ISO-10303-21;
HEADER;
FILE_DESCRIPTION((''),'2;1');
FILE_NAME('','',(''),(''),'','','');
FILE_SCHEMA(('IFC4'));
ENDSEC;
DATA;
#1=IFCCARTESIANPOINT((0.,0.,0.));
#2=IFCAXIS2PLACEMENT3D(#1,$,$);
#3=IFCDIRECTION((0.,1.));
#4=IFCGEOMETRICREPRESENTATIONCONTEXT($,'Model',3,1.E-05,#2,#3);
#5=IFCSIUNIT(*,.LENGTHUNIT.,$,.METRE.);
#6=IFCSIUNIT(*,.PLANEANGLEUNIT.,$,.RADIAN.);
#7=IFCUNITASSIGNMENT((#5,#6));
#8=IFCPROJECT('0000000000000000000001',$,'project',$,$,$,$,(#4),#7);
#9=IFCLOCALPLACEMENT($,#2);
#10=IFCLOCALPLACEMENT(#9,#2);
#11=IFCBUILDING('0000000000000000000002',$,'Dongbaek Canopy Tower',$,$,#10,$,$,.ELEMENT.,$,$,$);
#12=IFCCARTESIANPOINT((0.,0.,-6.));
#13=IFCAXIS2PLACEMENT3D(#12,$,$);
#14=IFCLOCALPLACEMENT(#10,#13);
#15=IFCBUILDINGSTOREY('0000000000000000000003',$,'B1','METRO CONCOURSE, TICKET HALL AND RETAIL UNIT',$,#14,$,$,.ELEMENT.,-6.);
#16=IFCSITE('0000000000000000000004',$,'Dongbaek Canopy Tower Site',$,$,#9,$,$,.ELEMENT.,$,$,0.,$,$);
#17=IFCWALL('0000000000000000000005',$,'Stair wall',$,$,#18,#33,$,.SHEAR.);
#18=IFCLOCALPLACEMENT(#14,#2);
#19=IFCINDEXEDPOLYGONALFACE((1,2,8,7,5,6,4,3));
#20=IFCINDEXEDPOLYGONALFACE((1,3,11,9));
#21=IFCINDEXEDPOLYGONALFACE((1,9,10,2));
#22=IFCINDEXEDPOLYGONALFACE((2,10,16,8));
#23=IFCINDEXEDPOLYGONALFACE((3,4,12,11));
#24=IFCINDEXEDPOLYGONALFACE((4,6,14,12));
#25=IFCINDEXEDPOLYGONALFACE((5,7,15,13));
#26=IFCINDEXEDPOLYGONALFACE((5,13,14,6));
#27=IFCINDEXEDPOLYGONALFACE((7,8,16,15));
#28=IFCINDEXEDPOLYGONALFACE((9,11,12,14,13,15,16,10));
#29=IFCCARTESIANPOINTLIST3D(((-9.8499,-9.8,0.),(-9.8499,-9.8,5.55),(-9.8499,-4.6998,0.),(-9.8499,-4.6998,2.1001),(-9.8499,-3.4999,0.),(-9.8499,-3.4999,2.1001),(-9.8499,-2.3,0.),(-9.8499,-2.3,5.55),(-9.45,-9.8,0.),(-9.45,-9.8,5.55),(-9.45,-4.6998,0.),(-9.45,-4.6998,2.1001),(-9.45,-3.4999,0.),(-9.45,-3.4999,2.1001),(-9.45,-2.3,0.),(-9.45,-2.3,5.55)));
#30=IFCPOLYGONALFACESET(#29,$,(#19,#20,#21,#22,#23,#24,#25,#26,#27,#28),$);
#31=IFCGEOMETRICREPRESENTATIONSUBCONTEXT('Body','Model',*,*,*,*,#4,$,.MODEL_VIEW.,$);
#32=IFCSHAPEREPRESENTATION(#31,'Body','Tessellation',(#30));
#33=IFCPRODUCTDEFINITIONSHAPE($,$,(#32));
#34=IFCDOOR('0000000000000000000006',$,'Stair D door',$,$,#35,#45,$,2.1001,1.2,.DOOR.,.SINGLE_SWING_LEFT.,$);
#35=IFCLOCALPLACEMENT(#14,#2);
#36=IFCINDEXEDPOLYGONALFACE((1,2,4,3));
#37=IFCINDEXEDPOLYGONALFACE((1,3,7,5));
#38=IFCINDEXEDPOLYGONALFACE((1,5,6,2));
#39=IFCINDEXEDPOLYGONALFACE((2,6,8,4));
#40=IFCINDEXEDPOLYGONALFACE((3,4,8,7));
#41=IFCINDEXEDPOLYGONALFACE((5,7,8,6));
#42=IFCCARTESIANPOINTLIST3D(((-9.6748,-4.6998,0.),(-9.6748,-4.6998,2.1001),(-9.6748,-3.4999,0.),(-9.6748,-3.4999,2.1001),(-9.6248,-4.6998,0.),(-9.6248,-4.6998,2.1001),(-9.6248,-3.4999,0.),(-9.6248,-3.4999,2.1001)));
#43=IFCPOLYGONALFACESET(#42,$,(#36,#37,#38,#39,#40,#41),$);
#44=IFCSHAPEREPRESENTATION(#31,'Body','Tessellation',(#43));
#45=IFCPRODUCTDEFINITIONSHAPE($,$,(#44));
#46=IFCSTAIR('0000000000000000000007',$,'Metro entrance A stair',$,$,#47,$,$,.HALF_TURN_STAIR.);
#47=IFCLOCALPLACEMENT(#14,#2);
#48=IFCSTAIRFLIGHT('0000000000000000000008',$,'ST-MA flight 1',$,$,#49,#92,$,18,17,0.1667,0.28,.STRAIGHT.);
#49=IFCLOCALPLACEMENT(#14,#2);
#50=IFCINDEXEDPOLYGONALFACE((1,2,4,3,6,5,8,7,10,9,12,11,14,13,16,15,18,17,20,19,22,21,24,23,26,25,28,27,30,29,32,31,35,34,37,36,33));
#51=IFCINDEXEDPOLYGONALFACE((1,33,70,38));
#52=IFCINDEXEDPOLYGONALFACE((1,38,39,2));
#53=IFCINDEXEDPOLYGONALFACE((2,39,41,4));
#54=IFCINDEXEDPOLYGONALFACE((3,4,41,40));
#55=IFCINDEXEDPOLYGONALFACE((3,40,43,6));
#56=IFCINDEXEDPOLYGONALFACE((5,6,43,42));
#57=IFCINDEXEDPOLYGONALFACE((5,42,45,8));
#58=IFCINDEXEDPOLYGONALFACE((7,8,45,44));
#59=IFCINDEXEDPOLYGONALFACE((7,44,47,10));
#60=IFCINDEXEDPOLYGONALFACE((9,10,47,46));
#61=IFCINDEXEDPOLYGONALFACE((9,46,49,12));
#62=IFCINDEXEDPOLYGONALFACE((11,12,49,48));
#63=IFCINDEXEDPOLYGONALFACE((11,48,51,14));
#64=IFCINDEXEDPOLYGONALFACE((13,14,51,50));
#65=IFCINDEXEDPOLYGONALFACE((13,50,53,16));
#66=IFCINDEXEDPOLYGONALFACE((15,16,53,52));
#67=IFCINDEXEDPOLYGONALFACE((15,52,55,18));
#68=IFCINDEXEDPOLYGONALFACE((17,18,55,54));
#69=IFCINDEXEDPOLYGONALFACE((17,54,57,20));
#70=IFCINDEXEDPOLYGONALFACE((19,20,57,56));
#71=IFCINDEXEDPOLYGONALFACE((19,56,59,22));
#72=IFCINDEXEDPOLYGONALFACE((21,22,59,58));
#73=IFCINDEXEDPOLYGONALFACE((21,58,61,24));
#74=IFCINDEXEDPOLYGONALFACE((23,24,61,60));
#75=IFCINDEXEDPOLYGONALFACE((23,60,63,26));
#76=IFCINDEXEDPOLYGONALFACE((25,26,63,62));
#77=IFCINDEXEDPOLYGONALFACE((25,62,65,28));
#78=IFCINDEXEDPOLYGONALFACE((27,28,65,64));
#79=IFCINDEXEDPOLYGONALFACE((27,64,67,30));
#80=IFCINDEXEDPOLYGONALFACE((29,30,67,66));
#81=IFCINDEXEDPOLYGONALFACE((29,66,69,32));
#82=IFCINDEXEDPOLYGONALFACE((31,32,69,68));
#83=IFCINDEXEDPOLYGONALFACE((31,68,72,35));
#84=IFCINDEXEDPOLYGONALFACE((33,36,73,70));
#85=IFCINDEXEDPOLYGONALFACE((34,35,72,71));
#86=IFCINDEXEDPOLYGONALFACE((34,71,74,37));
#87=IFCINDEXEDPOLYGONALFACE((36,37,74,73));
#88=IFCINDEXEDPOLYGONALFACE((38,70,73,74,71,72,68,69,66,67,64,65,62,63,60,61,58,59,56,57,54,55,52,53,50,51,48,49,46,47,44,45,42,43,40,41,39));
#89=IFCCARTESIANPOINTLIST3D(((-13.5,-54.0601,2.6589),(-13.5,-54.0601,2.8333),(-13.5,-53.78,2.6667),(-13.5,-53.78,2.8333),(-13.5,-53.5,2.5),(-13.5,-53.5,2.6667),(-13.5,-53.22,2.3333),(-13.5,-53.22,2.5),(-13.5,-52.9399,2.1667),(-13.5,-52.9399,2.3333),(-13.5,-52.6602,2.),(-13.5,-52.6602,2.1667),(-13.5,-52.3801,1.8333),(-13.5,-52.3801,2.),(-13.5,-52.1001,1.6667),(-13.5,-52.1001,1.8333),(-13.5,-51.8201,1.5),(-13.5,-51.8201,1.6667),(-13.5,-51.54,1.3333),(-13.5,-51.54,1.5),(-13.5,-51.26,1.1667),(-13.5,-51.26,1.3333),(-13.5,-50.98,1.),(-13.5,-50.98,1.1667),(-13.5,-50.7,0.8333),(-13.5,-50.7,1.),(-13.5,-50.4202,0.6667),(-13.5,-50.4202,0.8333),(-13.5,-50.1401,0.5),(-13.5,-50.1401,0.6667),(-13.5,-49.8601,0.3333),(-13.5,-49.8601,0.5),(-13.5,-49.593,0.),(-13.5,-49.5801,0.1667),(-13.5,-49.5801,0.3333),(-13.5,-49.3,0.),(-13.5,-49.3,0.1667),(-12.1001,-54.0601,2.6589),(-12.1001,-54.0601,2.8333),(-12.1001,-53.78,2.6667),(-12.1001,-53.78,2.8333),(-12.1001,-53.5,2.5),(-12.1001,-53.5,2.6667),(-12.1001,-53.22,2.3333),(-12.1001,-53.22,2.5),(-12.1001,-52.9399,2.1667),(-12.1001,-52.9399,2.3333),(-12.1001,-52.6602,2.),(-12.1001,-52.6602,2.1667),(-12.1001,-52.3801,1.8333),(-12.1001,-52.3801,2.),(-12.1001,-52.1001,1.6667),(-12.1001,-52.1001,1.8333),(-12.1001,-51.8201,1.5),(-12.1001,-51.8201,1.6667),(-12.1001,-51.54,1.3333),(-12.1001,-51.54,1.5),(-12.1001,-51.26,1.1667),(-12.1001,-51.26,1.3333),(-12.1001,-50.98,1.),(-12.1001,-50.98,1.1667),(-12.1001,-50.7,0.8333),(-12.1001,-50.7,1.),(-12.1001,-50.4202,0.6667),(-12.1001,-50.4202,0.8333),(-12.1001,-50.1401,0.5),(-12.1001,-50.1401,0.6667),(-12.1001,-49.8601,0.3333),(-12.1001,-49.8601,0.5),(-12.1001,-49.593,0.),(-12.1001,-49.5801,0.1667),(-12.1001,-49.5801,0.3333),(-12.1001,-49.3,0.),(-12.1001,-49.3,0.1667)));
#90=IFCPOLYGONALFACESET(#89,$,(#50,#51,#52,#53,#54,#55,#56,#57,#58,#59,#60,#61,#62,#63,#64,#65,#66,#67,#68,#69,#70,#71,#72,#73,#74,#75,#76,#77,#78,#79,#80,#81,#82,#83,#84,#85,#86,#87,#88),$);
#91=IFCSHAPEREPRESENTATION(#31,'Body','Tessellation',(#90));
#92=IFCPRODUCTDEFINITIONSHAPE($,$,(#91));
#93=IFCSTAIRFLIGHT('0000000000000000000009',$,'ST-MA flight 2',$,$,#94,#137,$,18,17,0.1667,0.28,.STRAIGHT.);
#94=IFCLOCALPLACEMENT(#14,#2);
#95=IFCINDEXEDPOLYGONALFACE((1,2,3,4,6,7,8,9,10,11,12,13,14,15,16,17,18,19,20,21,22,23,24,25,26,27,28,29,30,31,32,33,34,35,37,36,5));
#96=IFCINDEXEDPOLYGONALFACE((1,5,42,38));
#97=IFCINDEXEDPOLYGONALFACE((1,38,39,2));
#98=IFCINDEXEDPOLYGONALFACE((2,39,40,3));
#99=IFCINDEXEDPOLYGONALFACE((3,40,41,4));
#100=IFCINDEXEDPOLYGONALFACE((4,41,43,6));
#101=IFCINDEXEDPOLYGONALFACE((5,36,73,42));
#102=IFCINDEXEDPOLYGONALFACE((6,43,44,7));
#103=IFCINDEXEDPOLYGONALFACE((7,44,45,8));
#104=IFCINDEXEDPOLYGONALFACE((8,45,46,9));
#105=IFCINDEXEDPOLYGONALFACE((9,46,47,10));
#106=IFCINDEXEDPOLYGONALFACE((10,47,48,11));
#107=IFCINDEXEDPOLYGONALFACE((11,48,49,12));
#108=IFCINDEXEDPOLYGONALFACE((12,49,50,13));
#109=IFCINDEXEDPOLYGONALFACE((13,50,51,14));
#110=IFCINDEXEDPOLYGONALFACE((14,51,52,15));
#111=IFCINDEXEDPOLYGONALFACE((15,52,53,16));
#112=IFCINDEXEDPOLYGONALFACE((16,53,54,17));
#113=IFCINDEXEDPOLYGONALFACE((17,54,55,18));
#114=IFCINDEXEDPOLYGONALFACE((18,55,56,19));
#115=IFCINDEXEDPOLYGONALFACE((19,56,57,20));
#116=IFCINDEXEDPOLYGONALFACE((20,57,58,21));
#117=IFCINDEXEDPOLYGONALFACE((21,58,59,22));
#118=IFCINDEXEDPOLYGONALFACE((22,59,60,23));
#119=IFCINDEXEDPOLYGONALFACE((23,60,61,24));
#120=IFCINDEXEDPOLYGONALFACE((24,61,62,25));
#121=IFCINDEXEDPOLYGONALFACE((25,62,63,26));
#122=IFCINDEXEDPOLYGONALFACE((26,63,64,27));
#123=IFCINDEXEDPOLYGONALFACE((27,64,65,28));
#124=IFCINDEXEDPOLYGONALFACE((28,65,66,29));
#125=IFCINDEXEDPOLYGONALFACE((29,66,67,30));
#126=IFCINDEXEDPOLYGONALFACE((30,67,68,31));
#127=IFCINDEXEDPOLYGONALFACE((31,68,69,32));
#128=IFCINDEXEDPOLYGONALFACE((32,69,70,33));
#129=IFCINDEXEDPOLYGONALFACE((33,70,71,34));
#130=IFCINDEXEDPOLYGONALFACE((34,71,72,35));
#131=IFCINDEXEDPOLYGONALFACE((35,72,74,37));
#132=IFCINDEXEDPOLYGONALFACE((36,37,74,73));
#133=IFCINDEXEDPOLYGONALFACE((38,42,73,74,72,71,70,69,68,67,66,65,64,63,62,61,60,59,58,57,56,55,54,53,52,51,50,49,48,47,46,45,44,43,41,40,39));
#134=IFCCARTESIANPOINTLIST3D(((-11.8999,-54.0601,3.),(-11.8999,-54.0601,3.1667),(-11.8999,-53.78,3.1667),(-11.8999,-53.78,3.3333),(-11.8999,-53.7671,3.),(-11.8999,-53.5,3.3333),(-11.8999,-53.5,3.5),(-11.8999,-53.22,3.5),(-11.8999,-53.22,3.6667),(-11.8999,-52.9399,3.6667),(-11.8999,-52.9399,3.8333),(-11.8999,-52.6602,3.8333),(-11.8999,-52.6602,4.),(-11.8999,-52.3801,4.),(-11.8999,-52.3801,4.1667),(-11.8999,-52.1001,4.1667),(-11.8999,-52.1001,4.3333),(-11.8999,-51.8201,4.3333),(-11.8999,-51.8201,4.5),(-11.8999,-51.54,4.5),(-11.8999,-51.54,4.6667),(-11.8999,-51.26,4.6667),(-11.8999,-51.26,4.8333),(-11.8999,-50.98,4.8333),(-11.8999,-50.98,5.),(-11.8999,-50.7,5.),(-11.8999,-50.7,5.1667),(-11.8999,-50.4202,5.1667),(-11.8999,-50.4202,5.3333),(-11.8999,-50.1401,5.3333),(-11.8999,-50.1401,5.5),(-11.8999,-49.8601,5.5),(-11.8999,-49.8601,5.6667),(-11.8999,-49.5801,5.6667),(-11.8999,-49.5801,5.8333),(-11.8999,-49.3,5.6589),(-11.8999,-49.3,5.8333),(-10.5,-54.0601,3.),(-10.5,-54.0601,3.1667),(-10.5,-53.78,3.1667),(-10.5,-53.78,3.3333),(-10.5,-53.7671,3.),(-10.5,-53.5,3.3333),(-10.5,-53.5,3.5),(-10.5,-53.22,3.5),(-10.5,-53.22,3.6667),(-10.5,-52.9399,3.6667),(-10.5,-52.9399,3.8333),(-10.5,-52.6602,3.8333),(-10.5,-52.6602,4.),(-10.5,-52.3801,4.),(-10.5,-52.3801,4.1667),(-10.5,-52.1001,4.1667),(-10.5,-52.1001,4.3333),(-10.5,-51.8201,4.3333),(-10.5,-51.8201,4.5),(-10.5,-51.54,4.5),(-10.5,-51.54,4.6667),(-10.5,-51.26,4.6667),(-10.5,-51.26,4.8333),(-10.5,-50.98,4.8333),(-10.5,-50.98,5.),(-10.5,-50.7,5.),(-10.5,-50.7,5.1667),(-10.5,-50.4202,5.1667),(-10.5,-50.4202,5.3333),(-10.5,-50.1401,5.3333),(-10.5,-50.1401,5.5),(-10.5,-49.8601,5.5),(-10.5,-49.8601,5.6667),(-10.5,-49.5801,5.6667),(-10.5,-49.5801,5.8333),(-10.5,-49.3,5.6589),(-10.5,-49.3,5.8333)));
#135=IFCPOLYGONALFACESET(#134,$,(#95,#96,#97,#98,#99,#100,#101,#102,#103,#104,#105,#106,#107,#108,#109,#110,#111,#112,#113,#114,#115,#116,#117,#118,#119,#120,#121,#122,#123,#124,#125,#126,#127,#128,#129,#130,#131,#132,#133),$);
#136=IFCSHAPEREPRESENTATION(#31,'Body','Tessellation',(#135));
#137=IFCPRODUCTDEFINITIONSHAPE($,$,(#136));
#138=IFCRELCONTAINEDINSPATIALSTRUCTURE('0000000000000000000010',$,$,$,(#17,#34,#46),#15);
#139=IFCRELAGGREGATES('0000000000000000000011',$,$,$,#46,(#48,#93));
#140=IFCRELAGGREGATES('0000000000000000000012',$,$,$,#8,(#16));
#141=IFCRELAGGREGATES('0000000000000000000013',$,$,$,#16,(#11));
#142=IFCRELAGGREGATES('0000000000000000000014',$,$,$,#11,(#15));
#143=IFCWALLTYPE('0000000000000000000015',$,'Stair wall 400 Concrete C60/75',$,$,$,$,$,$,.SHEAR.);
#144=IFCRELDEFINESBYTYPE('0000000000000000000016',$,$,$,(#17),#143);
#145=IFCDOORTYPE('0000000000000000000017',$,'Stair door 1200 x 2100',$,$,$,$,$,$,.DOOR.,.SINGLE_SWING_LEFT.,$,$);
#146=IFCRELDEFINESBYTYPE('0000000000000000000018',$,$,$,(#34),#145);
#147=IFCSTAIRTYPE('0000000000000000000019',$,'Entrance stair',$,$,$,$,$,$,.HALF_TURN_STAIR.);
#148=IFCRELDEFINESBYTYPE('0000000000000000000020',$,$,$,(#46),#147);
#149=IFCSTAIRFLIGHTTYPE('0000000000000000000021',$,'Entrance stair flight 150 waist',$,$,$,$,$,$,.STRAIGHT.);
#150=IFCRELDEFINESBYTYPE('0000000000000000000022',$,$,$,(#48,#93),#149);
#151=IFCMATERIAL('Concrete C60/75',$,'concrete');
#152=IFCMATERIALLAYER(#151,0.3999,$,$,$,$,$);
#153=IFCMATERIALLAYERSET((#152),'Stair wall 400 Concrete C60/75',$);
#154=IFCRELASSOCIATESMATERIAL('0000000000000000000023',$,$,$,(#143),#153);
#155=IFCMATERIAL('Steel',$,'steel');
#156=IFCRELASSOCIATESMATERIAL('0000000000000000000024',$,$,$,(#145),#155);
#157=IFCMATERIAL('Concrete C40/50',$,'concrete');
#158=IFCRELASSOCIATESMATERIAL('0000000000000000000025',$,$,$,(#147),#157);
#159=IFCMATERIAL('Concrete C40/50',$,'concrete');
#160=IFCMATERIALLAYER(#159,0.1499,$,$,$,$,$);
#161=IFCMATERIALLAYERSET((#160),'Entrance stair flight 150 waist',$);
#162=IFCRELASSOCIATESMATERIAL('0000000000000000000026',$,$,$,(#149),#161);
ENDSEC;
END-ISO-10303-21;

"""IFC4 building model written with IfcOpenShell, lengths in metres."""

from ifc_helpers import new_model, si_unit, direction, frame, frame_2d, origin, place, context, subcontext, project, spatial, polyline, rectangle, outline, extrude, material, layer, layer_set, type_object, element, fill, aggregate, save


model = new_model("IFC4")

# Units and contexts
model_context = context("Model", 3, precision=1e-05, world=origin(), true_north=direction((0.0, 1.0)))
body_context = subcontext(model_context, "Body", "Model", "MODEL_VIEW")
ifc_project = project(units=[si_unit("LENGTHUNIT", "METRE"), si_unit("PLANEANGLEUNIT", "RADIAN")], contexts=[model_context])

# Site, building, storey
site_placement = place(None, origin())
site = spatial("IfcSite", under=ifc_project, at=site_placement, Name="Dongbaek Canopy Tower Site", CompositionType="ELEMENT", RefElevation=0.0)
building_placement = place(site_placement, origin())
building = spatial("IfcBuilding", under=site, at=building_placement, Name="Dongbaek Canopy Tower", CompositionType="ELEMENT")
storey_placement = place(building_placement, frame((0.0, 0.0, -6.0)))
storey = spatial("IfcBuildingStorey", under=building, at=storey_placement, Name="B1", Description="METRO CONCOURSE, TICKET HALL AND RETAIL UNIT", CompositionType="ELEMENT", Elevation=-6.0)

# Wall, opening, door
ifc_material_1 = material(Name="Concrete C60/75", Category="concrete")
ifc_layer_1 = layer(ifc_material_1, 0.3999)
ifc_layer_set_1 = layer_set([ifc_layer_1], Name="Stair wall 400 Concrete C60/75")
wall_type_1 = type_object("IfcWallType", Name="Stair wall 400 Concrete C60/75", PredefinedType="SHEAR", material=ifc_layer_set_1)
wall_1_placement = place(storey_placement, frame((-9.6499, -9.8, 0.0), z_axis=(0.0, 0.0, 1.0), x_axis=(0.0, 1.0, 0.0)))
wall_1 = element("IfcWall", 1, at=wall_1_placement, inside=storey, type_object=wall_type_1, Name="Stair wall", PredefinedType="SHEAR", context=body_context, shape_type="SweptSolid", body=[
    extrude(rectangle(XDim=7.5, YDim=0.3999, at=frame_2d((3.75, 0.0))), origin(), (0.0, 0.0, 1.0), 5.55),
])
opening_placement = place(wall_1_placement, frame((5.1001, 0.0, 0.0)))
opening = element("IfcOpeningElement", 2, at=opening_placement, cuts=wall_1, PredefinedType="OPENING", context=body_context, shape_type="SweptSolid", body=[
    extrude(rectangle(XDim=1.2, YDim=2.1001, at=frame_2d((0.6001, 1.05))), frame((0.0, 0.21, 0.0), z_axis=(0.0, -1.0, 0.0), x_axis=(1.0, 0.0, 0.0)), (0.0, 0.0, 1.0), 0.4199),
])
ifc_material_2 = material(Name="Steel", Category="steel")
door_type = type_object("IfcDoorType", Name="Stair door 1200 x 2100", OperationType="SINGLE_SWING_LEFT", PredefinedType="DOOR", material=ifc_material_2)
door_placement = place(opening_placement, origin())
door = element("IfcDoor", 3, at=door_placement, inside=storey, type_object=door_type, Name="Stair D door", OperationType="SINGLE_SWING_LEFT", OverallHeight=2.1001, OverallWidth=1.2, PredefinedType="DOOR", context=body_context, shape_type="SweptSolid", body=[
    extrude(rectangle(XDim=1.2, YDim=2.1001, at=frame_2d((0.6001, 1.05))), frame((0.0, 0.0249, 0.0), z_axis=(0.0, -1.0, 0.0), x_axis=(1.0, 0.0, 0.0)), (0.0, 0.0, 1.0), 0.05),
])
fill(opening, door)

# Stair, stair flights
ifc_material_3 = material(Name="Concrete C40/50", Category="concrete")
stair_type = type_object("IfcStairType", Name="Entrance stair", PredefinedType="HALF_TURN_STAIR", material=ifc_material_3)
stair_placement = place(storey_placement, origin())
stair = element("IfcStair", 4, at=stair_placement, inside=storey, type_object=stair_type, Name="Metro entrance A stair", PredefinedType="HALF_TURN_STAIR")
ifc_material_4 = material(Name="Concrete C40/50", Category="concrete")
ifc_layer_2 = layer(ifc_material_4, 0.1499)
ifc_layer_set_2 = layer_set([ifc_layer_2], Name="Entrance stair flight 150 waist")
stair_flight_type = type_object("IfcStairFlightType", Name="Entrance stair flight 150 waist", PredefinedType="STRAIGHT", material=ifc_layer_set_2)
stair_flight_1_placement = place(storey_placement, frame((-12.8, -49.3, 0.0), z_axis=(0.0, 0.0, 1.0), x_axis=(0.0, -1.0, 0.0)))
stair_flight_1 = element("IfcStairFlight", 5, at=stair_flight_1_placement, type_object=stair_flight_type, Name="ST-MA flight 1", NumberOfRisers=18, NumberOfTreads=17, PredefinedType="STRAIGHT", RiserHeight=0.1667, TreadLength=0.28, context=body_context, shape_type="SweptSolid", body=[
    extrude(outline(polyline([(0.0, 0.0), (0.0, 0.1667), (0.28, 0.1667), (0.28, 0.3333), (0.5601, 0.3333), (0.5601, 0.5), (0.8401, 0.5), (0.8401, 0.6667), (1.1201, 0.6667), (1.1201, 0.8333), (1.3999, 0.8333), (1.3999, 1.0), (1.6799, 1.0), (1.6799, 1.1667), (1.96, 1.1667), (1.96, 1.3333), (2.24, 1.3333), (2.24, 1.5), (2.52, 1.5), (2.52, 1.6667), (2.8, 1.6667), (2.8, 1.8333), (3.0801, 1.8333), (3.0801, 2.0), (3.3601, 2.0), (3.3601, 2.1667), (3.6399, 2.1667), (3.6399, 2.3333), (3.9199, 2.3333), (3.9199, 2.5), (4.2, 2.5), (4.2, 2.6667), (4.48, 2.6667), (4.48, 2.8333), (4.76, 2.8333), (4.76, 3.0), (4.76, 2.6589), (0.293, 0.0), (0.0, 0.0)])), frame((0.0, 0.7, 0.0), z_axis=(0.0, -1.0, 0.0), x_axis=(1.0, 0.0, 0.0)), (0.0, 0.0, 1.0), 1.3999),
])
stair_flight_2_placement = place(storey_placement, frame((-11.2, -54.0601, 3.0), z_axis=(0.0, 0.0, 1.0), x_axis=(0.0, 1.0, 0.0)))
stair_flight_2 = element("IfcStairFlight", 6, at=stair_flight_2_placement, type_object=stair_flight_type, Name="ST-MA flight 2", NumberOfRisers=18, NumberOfTreads=17, PredefinedType="STRAIGHT", RiserHeight=0.1667, TreadLength=0.28, context=body_context, shape_type="SweptSolid", body=[
    extrude(outline(polyline([(0.0, 0.0), (0.0, 0.1667), (0.28, 0.1667), (0.28, 0.3333), (0.5601, 0.3333), (0.5601, 0.5), (0.8401, 0.5), (0.8401, 0.6667), (1.1201, 0.6667), (1.1201, 0.8333), (1.3999, 0.8333), (1.3999, 1.0), (1.6799, 1.0), (1.6799, 1.1667), (1.96, 1.1667), (1.96, 1.3333), (2.24, 1.3333), (2.24, 1.5), (2.52, 1.5), (2.52, 1.6667), (2.8, 1.6667), (2.8, 1.8333), (3.0801, 1.8333), (3.0801, 2.0), (3.3601, 2.0), (3.3601, 2.1667), (3.6399, 2.1667), (3.6399, 2.3333), (3.9199, 2.3333), (3.9199, 2.5), (4.2, 2.5), (4.2, 2.6667), (4.48, 2.6667), (4.48, 2.8333), (4.76, 2.8333), (4.76, 3.0), (4.76, 2.6589), (0.293, 0.0), (0.0, 0.0)])), frame((0.0, 0.7, 0.0), z_axis=(0.0, -1.0, 0.0), x_axis=(1.0, 0.0, 0.0)), (0.0, 0.0, 1.0), 1.3999),
])
aggregate(stair, [stair_flight_1, stair_flight_2])

save(model, "model.ifc")
